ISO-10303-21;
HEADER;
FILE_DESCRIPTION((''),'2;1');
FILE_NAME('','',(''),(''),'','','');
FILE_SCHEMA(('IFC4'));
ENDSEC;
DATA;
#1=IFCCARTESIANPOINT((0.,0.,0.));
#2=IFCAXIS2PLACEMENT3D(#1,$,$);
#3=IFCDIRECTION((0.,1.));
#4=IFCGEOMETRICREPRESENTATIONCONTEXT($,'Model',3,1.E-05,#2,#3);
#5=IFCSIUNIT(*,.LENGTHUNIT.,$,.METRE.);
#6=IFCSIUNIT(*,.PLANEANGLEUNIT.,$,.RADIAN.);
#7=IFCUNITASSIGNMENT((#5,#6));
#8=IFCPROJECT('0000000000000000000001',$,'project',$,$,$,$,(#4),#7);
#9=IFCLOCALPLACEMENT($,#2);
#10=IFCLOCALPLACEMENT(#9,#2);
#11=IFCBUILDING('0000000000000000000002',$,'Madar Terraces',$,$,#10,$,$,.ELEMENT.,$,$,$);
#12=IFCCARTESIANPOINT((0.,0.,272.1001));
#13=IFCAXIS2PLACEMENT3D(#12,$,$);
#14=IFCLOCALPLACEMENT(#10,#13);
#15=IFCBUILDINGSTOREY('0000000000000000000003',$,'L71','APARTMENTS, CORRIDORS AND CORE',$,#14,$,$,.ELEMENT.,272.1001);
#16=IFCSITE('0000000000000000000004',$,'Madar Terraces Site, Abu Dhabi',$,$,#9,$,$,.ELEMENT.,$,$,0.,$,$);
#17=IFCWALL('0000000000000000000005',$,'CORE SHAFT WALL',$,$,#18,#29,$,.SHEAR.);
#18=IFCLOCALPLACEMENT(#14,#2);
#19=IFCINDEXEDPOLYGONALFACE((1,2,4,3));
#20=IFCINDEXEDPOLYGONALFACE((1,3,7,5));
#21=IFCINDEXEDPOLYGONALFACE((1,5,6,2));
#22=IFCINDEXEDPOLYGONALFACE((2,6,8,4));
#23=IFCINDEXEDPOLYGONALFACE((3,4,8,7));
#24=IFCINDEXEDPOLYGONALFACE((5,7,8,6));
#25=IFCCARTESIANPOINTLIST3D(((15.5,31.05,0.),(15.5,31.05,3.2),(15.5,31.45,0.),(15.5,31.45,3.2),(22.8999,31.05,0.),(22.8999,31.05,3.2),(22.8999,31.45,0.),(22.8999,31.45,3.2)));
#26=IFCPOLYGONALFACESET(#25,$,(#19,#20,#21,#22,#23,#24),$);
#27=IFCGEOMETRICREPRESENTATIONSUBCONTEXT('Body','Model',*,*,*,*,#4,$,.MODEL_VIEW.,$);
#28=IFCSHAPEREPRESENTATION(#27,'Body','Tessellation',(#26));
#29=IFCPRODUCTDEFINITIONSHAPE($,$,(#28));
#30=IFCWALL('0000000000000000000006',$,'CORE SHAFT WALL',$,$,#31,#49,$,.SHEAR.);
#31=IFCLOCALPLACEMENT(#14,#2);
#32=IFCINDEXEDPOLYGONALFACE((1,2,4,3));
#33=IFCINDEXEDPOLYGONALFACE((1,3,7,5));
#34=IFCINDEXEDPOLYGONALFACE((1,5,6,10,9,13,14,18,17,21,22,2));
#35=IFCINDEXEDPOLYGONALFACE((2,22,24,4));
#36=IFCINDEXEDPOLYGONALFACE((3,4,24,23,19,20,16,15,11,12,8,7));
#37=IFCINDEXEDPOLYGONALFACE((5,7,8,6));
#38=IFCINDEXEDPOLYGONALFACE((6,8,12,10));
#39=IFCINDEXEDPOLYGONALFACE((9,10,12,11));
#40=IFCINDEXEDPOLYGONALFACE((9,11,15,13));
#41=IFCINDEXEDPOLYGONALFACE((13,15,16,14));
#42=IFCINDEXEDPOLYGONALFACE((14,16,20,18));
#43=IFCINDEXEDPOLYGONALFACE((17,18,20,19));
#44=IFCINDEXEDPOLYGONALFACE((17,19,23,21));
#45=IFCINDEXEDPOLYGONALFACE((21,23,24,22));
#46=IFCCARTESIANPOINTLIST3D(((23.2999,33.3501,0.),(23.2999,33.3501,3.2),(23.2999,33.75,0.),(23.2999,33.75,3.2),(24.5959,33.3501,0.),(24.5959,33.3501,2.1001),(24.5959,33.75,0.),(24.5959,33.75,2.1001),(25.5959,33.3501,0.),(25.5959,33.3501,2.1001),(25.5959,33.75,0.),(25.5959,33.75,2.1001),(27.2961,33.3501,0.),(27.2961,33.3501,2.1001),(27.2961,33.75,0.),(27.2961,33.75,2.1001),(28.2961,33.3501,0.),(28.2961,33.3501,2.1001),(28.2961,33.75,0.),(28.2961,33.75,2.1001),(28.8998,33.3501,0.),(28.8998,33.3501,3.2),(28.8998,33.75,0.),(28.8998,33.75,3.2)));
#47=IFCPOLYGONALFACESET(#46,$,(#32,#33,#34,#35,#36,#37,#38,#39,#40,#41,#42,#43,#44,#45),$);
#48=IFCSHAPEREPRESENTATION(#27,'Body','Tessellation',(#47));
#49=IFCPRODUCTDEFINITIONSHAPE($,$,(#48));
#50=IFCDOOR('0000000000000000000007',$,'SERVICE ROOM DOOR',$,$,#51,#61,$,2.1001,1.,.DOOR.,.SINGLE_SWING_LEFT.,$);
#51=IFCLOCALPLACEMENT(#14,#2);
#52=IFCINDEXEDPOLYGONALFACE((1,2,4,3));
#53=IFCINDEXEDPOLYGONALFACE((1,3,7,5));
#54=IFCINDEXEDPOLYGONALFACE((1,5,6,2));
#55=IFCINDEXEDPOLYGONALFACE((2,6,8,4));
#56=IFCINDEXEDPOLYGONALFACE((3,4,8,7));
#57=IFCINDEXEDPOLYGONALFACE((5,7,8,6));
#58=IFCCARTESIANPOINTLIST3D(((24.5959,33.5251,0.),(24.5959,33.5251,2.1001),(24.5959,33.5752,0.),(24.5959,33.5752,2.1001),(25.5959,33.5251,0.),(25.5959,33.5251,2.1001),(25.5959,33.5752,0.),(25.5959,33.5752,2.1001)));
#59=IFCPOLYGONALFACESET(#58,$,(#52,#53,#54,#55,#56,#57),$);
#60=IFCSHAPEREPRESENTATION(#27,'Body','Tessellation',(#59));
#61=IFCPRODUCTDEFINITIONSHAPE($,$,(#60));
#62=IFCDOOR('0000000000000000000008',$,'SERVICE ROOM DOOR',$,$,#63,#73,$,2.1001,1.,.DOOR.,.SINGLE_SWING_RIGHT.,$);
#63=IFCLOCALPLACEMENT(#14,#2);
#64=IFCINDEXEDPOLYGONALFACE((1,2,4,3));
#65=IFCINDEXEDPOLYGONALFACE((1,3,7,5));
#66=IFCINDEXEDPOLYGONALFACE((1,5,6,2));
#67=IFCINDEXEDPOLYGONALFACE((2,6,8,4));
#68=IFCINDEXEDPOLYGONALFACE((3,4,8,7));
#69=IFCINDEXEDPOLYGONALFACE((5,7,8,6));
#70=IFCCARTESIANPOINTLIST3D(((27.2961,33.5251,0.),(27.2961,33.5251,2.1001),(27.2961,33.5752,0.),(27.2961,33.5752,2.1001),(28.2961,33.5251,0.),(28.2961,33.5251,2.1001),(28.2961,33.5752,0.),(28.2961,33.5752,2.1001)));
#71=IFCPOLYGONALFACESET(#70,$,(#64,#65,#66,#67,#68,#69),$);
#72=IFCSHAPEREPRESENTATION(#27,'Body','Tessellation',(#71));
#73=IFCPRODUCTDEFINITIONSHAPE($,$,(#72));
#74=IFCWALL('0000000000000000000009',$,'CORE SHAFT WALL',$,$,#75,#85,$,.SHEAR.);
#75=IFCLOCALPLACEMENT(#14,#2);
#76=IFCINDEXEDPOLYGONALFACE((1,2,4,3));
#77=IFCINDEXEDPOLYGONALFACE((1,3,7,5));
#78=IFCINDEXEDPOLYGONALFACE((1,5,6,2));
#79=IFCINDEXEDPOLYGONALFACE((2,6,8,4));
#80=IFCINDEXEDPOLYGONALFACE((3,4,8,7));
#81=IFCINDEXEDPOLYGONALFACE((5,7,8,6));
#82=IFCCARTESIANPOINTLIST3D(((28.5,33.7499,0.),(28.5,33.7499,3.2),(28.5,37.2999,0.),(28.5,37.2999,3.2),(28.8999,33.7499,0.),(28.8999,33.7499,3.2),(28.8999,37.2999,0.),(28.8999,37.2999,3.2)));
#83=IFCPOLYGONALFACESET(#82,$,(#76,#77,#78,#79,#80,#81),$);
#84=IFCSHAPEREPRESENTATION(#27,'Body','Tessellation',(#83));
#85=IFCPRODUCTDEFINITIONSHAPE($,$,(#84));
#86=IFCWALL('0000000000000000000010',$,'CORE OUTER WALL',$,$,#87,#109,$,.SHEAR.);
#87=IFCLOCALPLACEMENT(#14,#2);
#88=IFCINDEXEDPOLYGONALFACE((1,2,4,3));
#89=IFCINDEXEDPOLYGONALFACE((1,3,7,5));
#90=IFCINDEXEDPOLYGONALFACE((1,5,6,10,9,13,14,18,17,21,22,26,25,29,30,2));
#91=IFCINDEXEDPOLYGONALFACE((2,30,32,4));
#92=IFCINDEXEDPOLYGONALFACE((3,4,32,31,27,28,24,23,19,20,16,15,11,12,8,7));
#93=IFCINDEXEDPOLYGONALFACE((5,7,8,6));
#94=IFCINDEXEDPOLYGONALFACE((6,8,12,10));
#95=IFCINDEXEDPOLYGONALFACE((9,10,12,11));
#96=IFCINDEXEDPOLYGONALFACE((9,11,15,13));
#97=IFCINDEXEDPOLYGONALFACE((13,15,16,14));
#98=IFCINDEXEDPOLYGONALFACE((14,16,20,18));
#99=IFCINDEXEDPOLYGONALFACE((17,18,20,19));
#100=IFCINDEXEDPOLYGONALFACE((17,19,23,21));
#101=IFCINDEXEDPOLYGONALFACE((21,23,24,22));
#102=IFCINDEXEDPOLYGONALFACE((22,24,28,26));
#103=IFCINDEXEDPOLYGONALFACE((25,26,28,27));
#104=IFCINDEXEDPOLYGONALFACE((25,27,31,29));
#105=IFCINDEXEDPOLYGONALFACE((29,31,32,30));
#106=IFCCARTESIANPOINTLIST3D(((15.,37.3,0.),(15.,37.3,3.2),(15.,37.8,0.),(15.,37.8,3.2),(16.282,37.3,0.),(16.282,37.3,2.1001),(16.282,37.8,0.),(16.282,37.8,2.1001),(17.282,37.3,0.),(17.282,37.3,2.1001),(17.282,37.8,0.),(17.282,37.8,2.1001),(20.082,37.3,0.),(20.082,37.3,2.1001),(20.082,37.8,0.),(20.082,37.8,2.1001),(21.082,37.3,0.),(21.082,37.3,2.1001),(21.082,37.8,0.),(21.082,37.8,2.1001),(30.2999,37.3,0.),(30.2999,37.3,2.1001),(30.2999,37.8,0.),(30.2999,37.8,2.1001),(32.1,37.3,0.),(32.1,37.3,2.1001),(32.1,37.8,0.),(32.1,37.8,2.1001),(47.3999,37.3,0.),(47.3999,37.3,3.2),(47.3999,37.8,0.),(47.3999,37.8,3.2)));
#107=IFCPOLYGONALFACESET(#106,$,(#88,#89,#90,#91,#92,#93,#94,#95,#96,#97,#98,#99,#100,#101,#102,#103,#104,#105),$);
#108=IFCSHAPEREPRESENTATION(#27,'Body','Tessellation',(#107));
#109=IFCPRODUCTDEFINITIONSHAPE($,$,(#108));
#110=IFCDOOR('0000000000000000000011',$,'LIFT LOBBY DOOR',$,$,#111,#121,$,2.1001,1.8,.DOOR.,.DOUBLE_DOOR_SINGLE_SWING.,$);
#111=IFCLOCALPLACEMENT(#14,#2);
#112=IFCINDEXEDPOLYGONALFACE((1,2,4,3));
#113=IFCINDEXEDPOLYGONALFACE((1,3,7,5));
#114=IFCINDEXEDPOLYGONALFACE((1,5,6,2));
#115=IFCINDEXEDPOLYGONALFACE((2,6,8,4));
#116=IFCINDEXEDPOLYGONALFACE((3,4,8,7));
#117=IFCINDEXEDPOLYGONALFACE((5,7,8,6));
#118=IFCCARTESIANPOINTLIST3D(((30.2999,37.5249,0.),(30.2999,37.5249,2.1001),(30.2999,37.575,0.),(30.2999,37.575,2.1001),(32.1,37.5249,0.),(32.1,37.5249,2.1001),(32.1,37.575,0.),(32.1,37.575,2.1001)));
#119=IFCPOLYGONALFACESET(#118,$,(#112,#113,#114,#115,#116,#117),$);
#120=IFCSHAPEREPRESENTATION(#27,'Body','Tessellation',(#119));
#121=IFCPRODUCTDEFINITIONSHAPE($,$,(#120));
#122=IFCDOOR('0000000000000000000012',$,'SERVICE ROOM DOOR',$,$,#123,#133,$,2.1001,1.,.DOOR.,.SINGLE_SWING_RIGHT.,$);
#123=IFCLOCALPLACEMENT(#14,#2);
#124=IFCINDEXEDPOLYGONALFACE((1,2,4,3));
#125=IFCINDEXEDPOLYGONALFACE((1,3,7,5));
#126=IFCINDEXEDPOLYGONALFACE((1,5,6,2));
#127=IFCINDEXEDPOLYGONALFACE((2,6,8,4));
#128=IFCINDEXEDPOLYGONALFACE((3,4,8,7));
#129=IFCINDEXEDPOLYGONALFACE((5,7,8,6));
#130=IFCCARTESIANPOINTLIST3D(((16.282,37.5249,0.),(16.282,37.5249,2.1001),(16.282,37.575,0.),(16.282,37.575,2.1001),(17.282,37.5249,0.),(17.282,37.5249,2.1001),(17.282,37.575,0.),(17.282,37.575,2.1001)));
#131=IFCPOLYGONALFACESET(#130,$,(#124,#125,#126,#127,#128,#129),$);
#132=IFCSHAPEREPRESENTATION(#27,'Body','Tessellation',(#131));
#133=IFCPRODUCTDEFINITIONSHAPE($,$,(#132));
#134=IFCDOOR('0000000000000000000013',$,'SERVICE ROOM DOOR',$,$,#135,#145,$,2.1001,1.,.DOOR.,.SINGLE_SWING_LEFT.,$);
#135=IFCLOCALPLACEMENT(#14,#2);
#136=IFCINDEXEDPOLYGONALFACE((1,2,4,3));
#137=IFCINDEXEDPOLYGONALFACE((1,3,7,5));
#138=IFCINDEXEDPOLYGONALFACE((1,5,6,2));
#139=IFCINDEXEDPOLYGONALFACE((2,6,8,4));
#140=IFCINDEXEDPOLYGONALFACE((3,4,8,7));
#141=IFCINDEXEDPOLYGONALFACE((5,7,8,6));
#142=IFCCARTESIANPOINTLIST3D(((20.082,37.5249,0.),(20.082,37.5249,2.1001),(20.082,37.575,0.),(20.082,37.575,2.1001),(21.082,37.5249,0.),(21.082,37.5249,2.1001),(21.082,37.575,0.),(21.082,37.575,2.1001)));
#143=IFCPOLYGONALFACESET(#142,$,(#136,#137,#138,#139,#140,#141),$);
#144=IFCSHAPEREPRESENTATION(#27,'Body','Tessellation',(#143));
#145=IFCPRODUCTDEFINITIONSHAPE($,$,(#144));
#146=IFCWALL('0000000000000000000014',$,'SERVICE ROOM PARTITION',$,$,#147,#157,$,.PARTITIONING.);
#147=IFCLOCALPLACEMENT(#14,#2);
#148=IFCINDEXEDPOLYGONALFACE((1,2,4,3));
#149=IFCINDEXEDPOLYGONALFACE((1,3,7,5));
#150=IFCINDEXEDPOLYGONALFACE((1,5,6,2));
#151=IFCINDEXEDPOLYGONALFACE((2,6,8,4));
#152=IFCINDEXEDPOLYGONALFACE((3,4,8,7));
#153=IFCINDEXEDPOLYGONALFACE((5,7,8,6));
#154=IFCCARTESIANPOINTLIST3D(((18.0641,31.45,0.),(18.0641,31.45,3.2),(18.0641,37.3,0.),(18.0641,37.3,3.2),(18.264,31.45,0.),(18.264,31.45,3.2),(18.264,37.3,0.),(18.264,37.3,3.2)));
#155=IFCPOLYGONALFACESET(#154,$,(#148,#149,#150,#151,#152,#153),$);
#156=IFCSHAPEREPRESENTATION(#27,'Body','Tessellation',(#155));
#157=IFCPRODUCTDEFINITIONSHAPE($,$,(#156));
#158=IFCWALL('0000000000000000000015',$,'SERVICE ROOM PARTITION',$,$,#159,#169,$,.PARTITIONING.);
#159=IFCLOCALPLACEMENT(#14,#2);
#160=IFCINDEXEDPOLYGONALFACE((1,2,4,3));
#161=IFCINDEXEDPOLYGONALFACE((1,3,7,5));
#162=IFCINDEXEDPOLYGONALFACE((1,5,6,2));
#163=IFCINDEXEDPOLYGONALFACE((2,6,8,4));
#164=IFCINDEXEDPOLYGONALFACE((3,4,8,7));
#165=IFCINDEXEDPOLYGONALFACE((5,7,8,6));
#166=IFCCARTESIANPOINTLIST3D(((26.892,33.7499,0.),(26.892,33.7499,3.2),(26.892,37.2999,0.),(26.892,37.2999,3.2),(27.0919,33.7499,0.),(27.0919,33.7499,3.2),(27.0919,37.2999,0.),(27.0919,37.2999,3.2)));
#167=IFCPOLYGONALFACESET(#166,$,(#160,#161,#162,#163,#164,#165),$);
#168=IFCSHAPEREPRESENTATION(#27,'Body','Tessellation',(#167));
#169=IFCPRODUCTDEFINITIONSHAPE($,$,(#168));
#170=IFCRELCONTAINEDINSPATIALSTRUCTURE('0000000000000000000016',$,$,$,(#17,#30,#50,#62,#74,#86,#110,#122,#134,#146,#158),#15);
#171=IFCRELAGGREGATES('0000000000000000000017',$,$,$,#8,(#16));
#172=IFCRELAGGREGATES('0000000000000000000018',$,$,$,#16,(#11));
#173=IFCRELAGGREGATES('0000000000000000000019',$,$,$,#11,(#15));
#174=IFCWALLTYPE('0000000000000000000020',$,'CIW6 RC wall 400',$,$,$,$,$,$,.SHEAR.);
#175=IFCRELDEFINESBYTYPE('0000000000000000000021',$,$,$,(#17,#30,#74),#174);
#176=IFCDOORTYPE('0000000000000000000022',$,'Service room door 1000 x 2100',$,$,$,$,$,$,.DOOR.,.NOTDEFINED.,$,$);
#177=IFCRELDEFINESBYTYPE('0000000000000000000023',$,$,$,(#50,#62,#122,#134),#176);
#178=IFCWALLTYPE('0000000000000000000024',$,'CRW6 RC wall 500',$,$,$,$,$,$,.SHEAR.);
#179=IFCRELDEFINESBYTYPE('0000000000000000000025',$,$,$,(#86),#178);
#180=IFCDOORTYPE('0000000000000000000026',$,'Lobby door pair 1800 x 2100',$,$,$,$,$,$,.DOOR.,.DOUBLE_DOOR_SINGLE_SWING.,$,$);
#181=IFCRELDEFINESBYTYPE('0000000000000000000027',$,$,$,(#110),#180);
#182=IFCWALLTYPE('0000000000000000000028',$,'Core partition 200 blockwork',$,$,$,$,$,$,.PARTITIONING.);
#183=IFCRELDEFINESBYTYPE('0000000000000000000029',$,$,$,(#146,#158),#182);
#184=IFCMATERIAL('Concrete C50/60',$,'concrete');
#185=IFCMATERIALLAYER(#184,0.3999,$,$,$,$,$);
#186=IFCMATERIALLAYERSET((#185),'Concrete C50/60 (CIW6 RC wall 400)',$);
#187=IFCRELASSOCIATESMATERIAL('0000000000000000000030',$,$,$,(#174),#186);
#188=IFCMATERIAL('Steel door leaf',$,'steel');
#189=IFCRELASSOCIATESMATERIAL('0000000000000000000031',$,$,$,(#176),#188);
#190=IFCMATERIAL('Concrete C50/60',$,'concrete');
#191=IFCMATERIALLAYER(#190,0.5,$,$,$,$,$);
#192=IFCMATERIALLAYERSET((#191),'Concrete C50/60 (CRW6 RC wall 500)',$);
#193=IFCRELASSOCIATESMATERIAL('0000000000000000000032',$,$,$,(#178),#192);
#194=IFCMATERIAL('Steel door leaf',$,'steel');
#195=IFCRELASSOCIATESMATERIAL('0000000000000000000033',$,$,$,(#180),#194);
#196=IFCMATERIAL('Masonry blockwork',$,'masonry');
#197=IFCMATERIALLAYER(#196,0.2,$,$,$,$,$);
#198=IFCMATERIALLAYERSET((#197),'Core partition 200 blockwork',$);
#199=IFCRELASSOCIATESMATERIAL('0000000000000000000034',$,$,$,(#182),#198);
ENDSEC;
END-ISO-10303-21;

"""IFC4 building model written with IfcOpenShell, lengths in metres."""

from ifc_helpers import new_model, si_unit, direction, frame, frame_2d, origin, place, context, subcontext, project, spatial, rectangle, extrude, material, layer, layer_set, type_object, element, fill, save


model = new_model("IFC4")

# Units and contexts
model_context = context("Model", 3, precision=1e-05, world=origin(), true_north=direction((0.0, 1.0)))
body_context = subcontext(model_context, "Body", "Model", "MODEL_VIEW")
ifc_project = project(units=[si_unit("LENGTHUNIT", "METRE"), si_unit("PLANEANGLEUNIT", "RADIAN")], contexts=[model_context])

# Site, building, storey
site_placement = place(None, origin())
site = spatial("IfcSite", under=ifc_project, at=site_placement, Name="Madar Terraces Site, Abu Dhabi", CompositionType="ELEMENT", RefElevation=0.0)
building_placement = place(site_placement, origin())
building = spatial("IfcBuilding", under=site, at=building_placement, Name="Madar Terraces", CompositionType="ELEMENT")
storey_placement = place(building_placement, frame((0.0, 0.0, 272.1001)))
storey = spatial("IfcBuildingStorey", under=building, at=storey_placement, Name="L71", Description="APARTMENTS, CORRIDORS AND CORE", CompositionType="ELEMENT", Elevation=272.1001)

# Wall
ifc_material_1 = material(Name="Concrete C50/60", Category="concrete")
ifc_layer_1 = layer(ifc_material_1, 0.3999)
ifc_layer_set_1 = layer_set([ifc_layer_1], Name="Concrete C50/60 (CIW6 RC wall 400)")
wall_type_1 = type_object("IfcWallType", Name="CIW6 RC wall 400", PredefinedType="SHEAR", material=ifc_layer_set_1)
wall_1_placement = place(storey_placement, frame((15.5, 31.25, 0.0), z_axis=(0.0, 0.0, 1.0), x_axis=(1.0, 0.0, 0.0)))
element("IfcWall", 1, at=wall_1_placement, inside=storey, type_object=wall_type_1, Name="CORE SHAFT WALL", PredefinedType="SHEAR", context=body_context, shape_type="SweptSolid", body=[
    extrude(rectangle(XDim=7.3999, YDim=0.3999, at=frame_2d((3.7, 0.0))), origin(), (0.0, 0.0, 1.0), 3.2),
])

# Wall, openings, doors
wall_2_placement = place(storey_placement, frame((23.3, 33.55, 0.0), z_axis=(0.0, 0.0, 1.0), x_axis=(1.0, 0.0, 0.0)))
wall_2 = element("IfcWall", 2, at=wall_2_placement, inside=storey, type_object=wall_type_1, Name="CORE SHAFT WALL", PredefinedType="SHEAR", context=body_context, shape_type="SweptSolid", body=[
    extrude(rectangle(XDim=5.5999, YDim=0.3999, at=frame_2d((2.7998, 0.0))), origin(), (0.0, 0.0, 1.0), 3.2),
])
opening_1_placement = place(wall_2_placement, frame((1.2959, 0.0, 0.0)))
opening_1 = element("IfcOpeningElement", 3, at=opening_1_placement, cuts=wall_2, PredefinedType="OPENING", context=body_context, shape_type="SweptSolid", body=[
    extrude(rectangle(XDim=1.0, YDim=2.1001, at=frame_2d((0.5, 1.05))), frame((0.0, 0.21, 0.0), z_axis=(0.0, -1.0, 0.0), x_axis=(1.0, 0.0, 0.0)), (0.0, 0.0, 1.0), 0.4199),
])
opening_2_placement = place(wall_2_placement, frame((3.9961, 0.0, 0.0)))
opening_2 = element("IfcOpeningElement", 4, at=opening_2_placement, cuts=wall_2, PredefinedType="OPENING", context=body_context, shape_type="SweptSolid", body=[
    extrude(rectangle(XDim=1.0, YDim=2.1001, at=frame_2d((0.5, 1.05))), frame((0.0, 0.21, 0.0), z_axis=(0.0, -1.0, 0.0), x_axis=(1.0, 0.0, 0.0)), (0.0, 0.0, 1.0), 0.4199),
])
ifc_material_2 = material(Name="Steel door leaf", Category="steel")
door_type_1 = type_object("IfcDoorType", Name="Service room door 1000 x 2100", OperationType="NOTDEFINED", PredefinedType="DOOR", material=ifc_material_2)
door_1_placement = place(opening_1_placement, frame((1.0, 0.0, 0.0), z_axis=(0.0, 0.0, 1.0), x_axis=(-1.0, 0.0, 0.0)))
door_1 = element("IfcDoor", 5, at=door_1_placement, inside=storey, type_object=door_type_1, Name="SERVICE ROOM DOOR", OperationType="SINGLE_SWING_LEFT", OverallHeight=2.1001, OverallWidth=1.0, PredefinedType="DOOR", context=body_context, shape_type="SweptSolid", body=[
    extrude(rectangle(XDim=1.0, YDim=2.1001, at=frame_2d((0.5, 1.05))), frame((0.0, 0.0249, 0.0), z_axis=(0.0, -1.0, 0.0), x_axis=(1.0, 0.0, 0.0)), (0.0, 0.0, 1.0), 0.05),
])
fill(opening_1, door_1)
door_2_placement = place(opening_2_placement, frame((1.0, 0.0, 0.0), z_axis=(0.0, 0.0, 1.0), x_axis=(-1.0, 0.0, 0.0)))
door_2 = element("IfcDoor", 6, at=door_2_placement, inside=storey, type_object=door_type_1, Name="SERVICE ROOM DOOR", OperationType="SINGLE_SWING_RIGHT", OverallHeight=2.1001, OverallWidth=1.0, PredefinedType="DOOR", context=body_context, shape_type="SweptSolid", body=[
    extrude(rectangle(XDim=1.0, YDim=2.1001, at=frame_2d((0.5, 1.05))), frame((0.0, 0.0249, 0.0), z_axis=(0.0, -1.0, 0.0), x_axis=(1.0, 0.0, 0.0)), (0.0, 0.0, 1.0), 0.05),
])
fill(opening_2, door_2)

# Wall
wall_3_placement = place(storey_placement, frame((28.7, 33.75, 0.0), z_axis=(0.0, 0.0, 1.0), x_axis=(0.0, 1.0, 0.0)))
element("IfcWall", 7, at=wall_3_placement, inside=storey, type_object=wall_type_1, Name="CORE SHAFT WALL", PredefinedType="SHEAR", context=body_context, shape_type="SweptSolid", body=[
    extrude(rectangle(XDim=3.55, YDim=0.3999, at=frame_2d((1.7749, 0.0))), origin(), (0.0, 0.0, 1.0), 3.2),
])

# Wall, openings, doors
ifc_material_3 = material(Name="Concrete C50/60", Category="concrete")
ifc_layer_2 = layer(ifc_material_3, 0.5)
ifc_layer_set_2 = layer_set([ifc_layer_2], Name="Concrete C50/60 (CRW6 RC wall 500)")
wall_type_2 = type_object("IfcWallType", Name="CRW6 RC wall 500", PredefinedType="SHEAR", material=ifc_layer_set_2)
wall_4_placement = place(storey_placement, frame((15.0, 37.55, 0.0), z_axis=(0.0, 0.0, 1.0), x_axis=(1.0, 0.0, 0.0)))
wall_4 = element("IfcWall", 8, at=wall_4_placement, inside=storey, type_object=wall_type_2, Name="CORE OUTER WALL", PredefinedType="SHEAR", context=body_context, shape_type="SweptSolid", body=[
    extrude(rectangle(XDim=32.3999, YDim=0.5, at=frame_2d((16.2, 0.0))), origin(), (0.0, 0.0, 1.0), 3.2),
])
opening_3_placement = place(wall_4_placement, frame((15.3, 0.0, 0.0)))
opening_3 = element("IfcOpeningElement", 9, at=opening_3_placement, cuts=wall_4, PredefinedType="OPENING", context=body_context, shape_type="SweptSolid", body=[
    extrude(rectangle(XDim=1.8, YDim=2.1001, at=frame_2d((0.8999, 1.05))), frame((0.0, 0.26, 0.0), z_axis=(0.0, -1.0, 0.0), x_axis=(1.0, 0.0, 0.0)), (0.0, 0.0, 1.0), 0.52),
])
opening_4_placement = place(wall_4_placement, frame((1.282, 0.0, 0.0)))
opening_4 = element("IfcOpeningElement", 10, at=opening_4_placement, cuts=wall_4, PredefinedType="OPENING", context=body_context, shape_type="SweptSolid", body=[
    extrude(rectangle(XDim=1.0, YDim=2.1001, at=frame_2d((0.5, 1.05))), frame((0.0, 0.26, 0.0), z_axis=(0.0, -1.0, 0.0), x_axis=(1.0, 0.0, 0.0)), (0.0, 0.0, 1.0), 0.52),
])
opening_5_placement = place(wall_4_placement, frame((5.082, 0.0, 0.0)))
opening_5 = element("IfcOpeningElement", 11, at=opening_5_placement, cuts=wall_4, PredefinedType="OPENING", context=body_context, shape_type="SweptSolid", body=[
    extrude(rectangle(XDim=1.0, YDim=2.1001, at=frame_2d((0.5, 1.05))), frame((0.0, 0.26, 0.0), z_axis=(0.0, -1.0, 0.0), x_axis=(1.0, 0.0, 0.0)), (0.0, 0.0, 1.0), 0.52),
])
ifc_material_4 = material(Name="Steel door leaf", Category="steel")
door_type_2 = type_object("IfcDoorType", Name="Lobby door pair 1800 x 2100", OperationType="DOUBLE_DOOR_SINGLE_SWING", PredefinedType="DOOR", material=ifc_material_4)
door_3_placement = place(opening_3_placement, origin())
door_3 = element("IfcDoor", 12, at=door_3_placement, inside=storey, type_object=door_type_2, Name="LIFT LOBBY DOOR", OperationType="DOUBLE_DOOR_SINGLE_SWING", OverallHeight=2.1001, OverallWidth=1.8, PredefinedType="DOOR", context=body_context, shape_type="SweptSolid", body=[
    extrude(rectangle(XDim=1.8, YDim=2.1001, at=frame_2d((0.8999, 1.05))), frame((0.0, 0.0249, 0.0), z_axis=(0.0, -1.0, 0.0), x_axis=(1.0, 0.0, 0.0)), (0.0, 0.0, 1.0), 0.05),
])
fill(opening_3, door_3)
door_4_placement = place(opening_4_placement, origin())
door_4 = element("IfcDoor", 13, at=door_4_placement, inside=storey, type_object=door_type_1, Name="SERVICE ROOM DOOR", OperationType="SINGLE_SWING_RIGHT", OverallHeight=2.1001, OverallWidth=1.0, PredefinedType="DOOR", context=body_context, shape_type="SweptSolid", body=[
    extrude(rectangle(XDim=1.0, YDim=2.1001, at=frame_2d((0.5, 1.05))), frame((0.0, 0.0249, 0.0), z_axis=(0.0, -1.0, 0.0), x_axis=(1.0, 0.0, 0.0)), (0.0, 0.0, 1.0), 0.05),
])
fill(opening_4, door_4)
door_5_placement = place(opening_5_placement, origin())
door_5 = element("IfcDoor", 14, at=door_5_placement, inside=storey, type_object=door_type_1, Name="SERVICE ROOM DOOR", OperationType="SINGLE_SWING_LEFT", OverallHeight=2.1001, OverallWidth=1.0, PredefinedType="DOOR", context=body_context, shape_type="SweptSolid", body=[
    extrude(rectangle(XDim=1.0, YDim=2.1001, at=frame_2d((0.5, 1.05))), frame((0.0, 0.0249, 0.0), z_axis=(0.0, -1.0, 0.0), x_axis=(1.0, 0.0, 0.0)), (0.0, 0.0, 1.0), 0.05),
])
fill(opening_5, door_5)

# Walls
ifc_material_5 = material(Name="Masonry blockwork", Category="masonry")
ifc_layer_3 = layer(ifc_material_5, 0.2)
ifc_layer_set_3 = layer_set([ifc_layer_3], Name="Core partition 200 blockwork")
wall_type_3 = type_object("IfcWallType", Name="Core partition 200 blockwork", PredefinedType="PARTITIONING", material=ifc_layer_set_3)
wall_5_placement = place(storey_placement, frame((18.1641, 31.45, 0.0), z_axis=(0.0, 0.0, 1.0), x_axis=(0.0, 1.0, 0.0)))
element("IfcWall", 15, at=wall_5_placement, inside=storey, type_object=wall_type_3, Name="SERVICE ROOM PARTITION", PredefinedType="PARTITIONING", context=body_context, shape_type="SweptSolid", body=[
    extrude(rectangle(XDim=5.8501, YDim=0.2, at=frame_2d((2.925, 0.0))), origin(), (0.0, 0.0, 1.0), 3.2),
])
wall_6_placement = place(storey_placement, frame((26.9919, 33.75, 0.0), z_axis=(0.0, 0.0, 1.0), x_axis=(0.0, 1.0, 0.0)))
element("IfcWall", 16, at=wall_6_placement, inside=storey, type_object=wall_type_3, Name="SERVICE ROOM PARTITION", PredefinedType="PARTITIONING", context=body_context, shape_type="SweptSolid", body=[
    extrude(rectangle(XDim=3.55, YDim=0.2, at=frame_2d((1.7749, 0.0))), origin(), (0.0, 0.0, 1.0), 3.2),
])

save(model, "model.ifc")
